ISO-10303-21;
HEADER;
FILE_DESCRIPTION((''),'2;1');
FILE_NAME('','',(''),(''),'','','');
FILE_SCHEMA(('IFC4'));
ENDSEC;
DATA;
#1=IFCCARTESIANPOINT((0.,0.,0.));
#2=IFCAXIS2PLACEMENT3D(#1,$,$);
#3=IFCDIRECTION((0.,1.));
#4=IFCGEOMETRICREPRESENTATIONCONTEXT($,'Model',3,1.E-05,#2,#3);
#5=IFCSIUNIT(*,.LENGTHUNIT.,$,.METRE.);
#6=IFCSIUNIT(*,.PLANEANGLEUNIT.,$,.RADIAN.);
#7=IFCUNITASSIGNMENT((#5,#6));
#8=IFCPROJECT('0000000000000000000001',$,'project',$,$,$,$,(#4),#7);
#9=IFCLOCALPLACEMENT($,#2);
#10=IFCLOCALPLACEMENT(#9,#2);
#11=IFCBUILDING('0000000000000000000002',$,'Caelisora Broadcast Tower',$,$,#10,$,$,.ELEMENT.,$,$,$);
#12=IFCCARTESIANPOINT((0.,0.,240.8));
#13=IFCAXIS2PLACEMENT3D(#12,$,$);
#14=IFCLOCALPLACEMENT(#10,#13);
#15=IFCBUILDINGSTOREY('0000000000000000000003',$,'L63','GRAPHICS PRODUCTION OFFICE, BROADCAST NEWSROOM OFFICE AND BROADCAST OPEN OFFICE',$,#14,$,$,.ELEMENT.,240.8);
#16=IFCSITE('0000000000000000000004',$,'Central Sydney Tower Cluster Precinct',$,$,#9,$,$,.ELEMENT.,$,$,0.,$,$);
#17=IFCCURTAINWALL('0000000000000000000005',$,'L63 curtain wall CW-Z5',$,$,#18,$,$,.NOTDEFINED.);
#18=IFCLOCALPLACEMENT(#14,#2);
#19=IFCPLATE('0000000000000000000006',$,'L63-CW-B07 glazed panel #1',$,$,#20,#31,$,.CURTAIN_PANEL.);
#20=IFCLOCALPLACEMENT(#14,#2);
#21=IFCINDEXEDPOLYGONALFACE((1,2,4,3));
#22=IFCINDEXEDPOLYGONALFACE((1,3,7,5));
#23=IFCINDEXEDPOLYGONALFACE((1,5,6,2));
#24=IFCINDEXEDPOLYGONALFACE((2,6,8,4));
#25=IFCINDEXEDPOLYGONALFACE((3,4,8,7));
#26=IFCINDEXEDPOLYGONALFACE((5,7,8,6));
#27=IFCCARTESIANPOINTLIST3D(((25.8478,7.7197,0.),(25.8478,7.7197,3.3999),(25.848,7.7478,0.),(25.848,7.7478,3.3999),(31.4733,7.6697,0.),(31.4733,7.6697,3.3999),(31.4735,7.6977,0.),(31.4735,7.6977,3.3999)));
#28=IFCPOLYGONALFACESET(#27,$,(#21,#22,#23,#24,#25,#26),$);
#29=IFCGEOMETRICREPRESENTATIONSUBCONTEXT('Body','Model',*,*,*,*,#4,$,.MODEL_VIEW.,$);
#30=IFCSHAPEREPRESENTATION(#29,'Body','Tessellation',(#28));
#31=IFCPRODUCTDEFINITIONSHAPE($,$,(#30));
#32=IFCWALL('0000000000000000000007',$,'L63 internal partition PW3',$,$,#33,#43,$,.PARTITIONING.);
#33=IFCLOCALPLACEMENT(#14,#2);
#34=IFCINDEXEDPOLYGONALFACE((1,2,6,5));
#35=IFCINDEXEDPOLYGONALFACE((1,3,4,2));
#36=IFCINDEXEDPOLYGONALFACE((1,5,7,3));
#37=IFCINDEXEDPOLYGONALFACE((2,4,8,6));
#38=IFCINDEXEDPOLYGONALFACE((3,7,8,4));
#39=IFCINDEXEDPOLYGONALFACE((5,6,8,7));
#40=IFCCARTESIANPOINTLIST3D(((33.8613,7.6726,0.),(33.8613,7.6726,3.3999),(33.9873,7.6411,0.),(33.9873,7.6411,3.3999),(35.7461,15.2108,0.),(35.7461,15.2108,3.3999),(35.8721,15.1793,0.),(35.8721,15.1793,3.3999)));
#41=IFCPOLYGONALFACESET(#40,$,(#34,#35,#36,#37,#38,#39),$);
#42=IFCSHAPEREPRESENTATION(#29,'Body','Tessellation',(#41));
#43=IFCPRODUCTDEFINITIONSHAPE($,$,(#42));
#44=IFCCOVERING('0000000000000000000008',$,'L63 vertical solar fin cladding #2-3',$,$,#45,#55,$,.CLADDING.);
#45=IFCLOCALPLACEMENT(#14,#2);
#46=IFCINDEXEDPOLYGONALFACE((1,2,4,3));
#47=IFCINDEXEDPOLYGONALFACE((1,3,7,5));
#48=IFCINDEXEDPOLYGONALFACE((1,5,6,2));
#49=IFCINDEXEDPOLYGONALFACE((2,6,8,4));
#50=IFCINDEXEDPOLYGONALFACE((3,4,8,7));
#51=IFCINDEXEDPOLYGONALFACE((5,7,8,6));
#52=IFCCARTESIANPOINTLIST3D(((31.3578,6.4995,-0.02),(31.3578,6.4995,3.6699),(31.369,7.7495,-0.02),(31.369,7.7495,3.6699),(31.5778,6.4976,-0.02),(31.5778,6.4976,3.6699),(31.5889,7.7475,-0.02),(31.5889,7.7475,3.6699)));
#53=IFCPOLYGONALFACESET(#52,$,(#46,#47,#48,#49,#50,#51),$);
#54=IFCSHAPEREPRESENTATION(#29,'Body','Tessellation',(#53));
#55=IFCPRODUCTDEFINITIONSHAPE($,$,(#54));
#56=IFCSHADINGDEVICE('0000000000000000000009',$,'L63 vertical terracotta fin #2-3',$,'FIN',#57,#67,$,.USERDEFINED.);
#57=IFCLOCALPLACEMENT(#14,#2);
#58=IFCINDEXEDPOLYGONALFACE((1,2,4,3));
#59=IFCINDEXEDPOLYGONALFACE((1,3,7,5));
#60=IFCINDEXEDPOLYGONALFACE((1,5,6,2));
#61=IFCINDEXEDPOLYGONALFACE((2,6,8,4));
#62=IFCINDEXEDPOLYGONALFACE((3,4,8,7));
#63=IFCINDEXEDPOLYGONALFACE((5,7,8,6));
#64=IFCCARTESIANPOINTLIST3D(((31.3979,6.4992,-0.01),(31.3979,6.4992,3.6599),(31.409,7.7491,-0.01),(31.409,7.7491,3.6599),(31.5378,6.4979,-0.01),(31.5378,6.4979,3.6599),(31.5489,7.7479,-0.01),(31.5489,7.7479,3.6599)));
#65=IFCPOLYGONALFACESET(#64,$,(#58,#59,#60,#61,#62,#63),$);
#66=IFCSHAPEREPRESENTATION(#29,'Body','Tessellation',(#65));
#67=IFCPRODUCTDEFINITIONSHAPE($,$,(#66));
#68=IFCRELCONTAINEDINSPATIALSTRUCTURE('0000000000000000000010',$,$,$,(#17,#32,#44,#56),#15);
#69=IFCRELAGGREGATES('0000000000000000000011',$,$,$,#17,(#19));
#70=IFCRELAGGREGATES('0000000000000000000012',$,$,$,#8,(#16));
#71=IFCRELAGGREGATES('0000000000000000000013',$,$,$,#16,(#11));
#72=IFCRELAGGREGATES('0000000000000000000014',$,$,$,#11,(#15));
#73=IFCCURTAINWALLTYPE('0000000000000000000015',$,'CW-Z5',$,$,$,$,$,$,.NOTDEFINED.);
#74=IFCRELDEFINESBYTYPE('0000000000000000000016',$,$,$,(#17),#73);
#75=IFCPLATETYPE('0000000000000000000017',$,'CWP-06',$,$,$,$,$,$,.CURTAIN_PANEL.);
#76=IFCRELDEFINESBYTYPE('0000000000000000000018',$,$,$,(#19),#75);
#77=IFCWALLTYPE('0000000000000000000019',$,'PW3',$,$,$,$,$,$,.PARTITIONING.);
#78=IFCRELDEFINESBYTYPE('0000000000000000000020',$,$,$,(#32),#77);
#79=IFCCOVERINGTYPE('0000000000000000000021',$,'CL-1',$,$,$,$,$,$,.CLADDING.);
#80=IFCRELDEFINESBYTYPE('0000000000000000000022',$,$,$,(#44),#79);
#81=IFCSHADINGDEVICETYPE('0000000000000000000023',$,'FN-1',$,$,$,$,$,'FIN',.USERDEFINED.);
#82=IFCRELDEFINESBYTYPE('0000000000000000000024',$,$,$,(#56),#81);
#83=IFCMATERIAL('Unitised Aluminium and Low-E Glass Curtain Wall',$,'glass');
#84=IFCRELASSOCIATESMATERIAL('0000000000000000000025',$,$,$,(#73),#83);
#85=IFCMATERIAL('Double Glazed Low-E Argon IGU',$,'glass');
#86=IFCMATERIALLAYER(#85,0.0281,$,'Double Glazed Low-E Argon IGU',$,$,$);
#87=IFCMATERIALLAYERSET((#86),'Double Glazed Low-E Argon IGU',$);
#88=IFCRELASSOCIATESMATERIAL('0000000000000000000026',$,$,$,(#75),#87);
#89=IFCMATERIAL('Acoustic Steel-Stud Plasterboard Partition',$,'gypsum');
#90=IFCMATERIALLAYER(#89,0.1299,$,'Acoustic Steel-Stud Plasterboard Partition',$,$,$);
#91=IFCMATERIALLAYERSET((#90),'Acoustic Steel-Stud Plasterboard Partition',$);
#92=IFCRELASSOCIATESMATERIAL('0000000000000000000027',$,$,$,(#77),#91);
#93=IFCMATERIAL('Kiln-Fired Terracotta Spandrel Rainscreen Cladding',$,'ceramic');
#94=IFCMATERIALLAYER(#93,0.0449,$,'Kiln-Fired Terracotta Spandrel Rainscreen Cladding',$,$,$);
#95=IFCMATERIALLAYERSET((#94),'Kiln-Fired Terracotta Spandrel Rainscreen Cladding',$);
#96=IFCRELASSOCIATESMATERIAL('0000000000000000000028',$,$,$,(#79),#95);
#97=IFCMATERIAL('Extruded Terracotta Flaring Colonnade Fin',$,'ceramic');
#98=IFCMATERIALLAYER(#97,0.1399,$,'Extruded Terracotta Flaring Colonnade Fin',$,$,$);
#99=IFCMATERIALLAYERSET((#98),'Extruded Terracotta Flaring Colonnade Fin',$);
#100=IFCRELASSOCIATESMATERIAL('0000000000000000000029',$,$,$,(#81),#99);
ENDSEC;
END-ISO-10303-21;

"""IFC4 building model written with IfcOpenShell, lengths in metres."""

from ifc_helpers import new_model, si_unit, direction, frame, frame_2d, origin, origin_2d, place, context, subcontext, project, spatial, rectangle, extrude, source, transform, mapped, material, layer, layer_set, type_object, type_shapes, element, aggregate, save


model = new_model("IFC4")

# Units and contexts
model_context = context("Model", 3, precision=1e-05, world=origin(), true_north=direction((0.0, 1.0)))
body_context = subcontext(model_context, "Body", "Model", "MODEL_VIEW")
ifc_project = project(units=[si_unit("LENGTHUNIT", "METRE"), si_unit("PLANEANGLEUNIT", "RADIAN")], contexts=[model_context])

# Site, building, storey
site_placement = place(None, origin())
site = spatial("IfcSite", under=ifc_project, at=site_placement, Name="Central Sydney Tower Cluster Precinct", CompositionType="ELEMENT", RefElevation=0.0)
building_placement = place(site_placement, origin())
building = spatial("IfcBuilding", under=site, at=building_placement, Name="Caelisora Broadcast Tower", CompositionType="ELEMENT")
storey_placement = place(building_placement, frame((0.0, 0.0, 240.8)))
storey = spatial("IfcBuildingStorey", under=building, at=storey_placement, Name="L63", Description="GRAPHICS PRODUCTION OFFICE, BROADCAST NEWSROOM OFFICE AND BROADCAST OPEN OFFICE", CompositionType="ELEMENT", Elevation=240.8)

# Curtain wall
ifc_material_1 = material(Name="Unitised Aluminium and Low-E Glass Curtain Wall", Category="glass")
curtain_wall_type_1 = type_object("IfcCurtainWallType", Name="CW-Z5", PredefinedType="NOTDEFINED", material=ifc_material_1)
curtain_wall_1_placement = place(storey_placement, origin())
curtain_wall_1 = element("IfcCurtainWall", 1, at=curtain_wall_1_placement, inside=storey, type_object=curtain_wall_type_1, Name="L63 curtain wall CW-Z5", PredefinedType="NOTDEFINED")

# Plate
ifc_material_2 = material(Name="Double Glazed Low-E Argon IGU", Category="glass")
ifc_layer_1 = layer(ifc_material_2, 0.0281, Name="Double Glazed Low-E Argon IGU")
ifc_layer_set_1 = layer_set([ifc_layer_1], Name="Double Glazed Low-E Argon IGU")
plate_type_1 = type_object("IfcPlateType", Name="CWP-06", PredefinedType="CURTAIN_PANEL", material=ifc_layer_set_1)
shared_shape_1 = source(origin(), body_context, "Body", "SweptSolid", [
    extrude(rectangle(XDim=5.6257, YDim=0.0281, at=origin_2d()), origin(), (0.0, 0.0, 1.0), 3.3999),
])
type_shapes(plate_type_1, [shared_shape_1])
plate_1_placement = place(storey_placement, frame((28.6606, 7.7087, 0.0), z_axis=(0.0, 0.0, 1.0), x_axis=(-0.99996, 0.008901, 0.0)))
plate_1 = element("IfcPlate", 2, at=plate_1_placement, type_object=plate_type_1, Name="L63-CW-B07 glazed panel #1", PredefinedType="CURTAIN_PANEL", context=body_context, shape_type="MappedRepresentation", body=[
    mapped(shared_shape_1, transform((0.0, 0.0, 0.0), scale=1.0)),
])
aggregate(curtain_wall_1, [plate_1])

# Wall
ifc_material_3 = material(Name="Acoustic Steel-Stud Plasterboard Partition", Category="gypsum")
ifc_layer_2 = layer(ifc_material_3, 0.1299, Name="Acoustic Steel-Stud Plasterboard Partition")
ifc_layer_set_2 = layer_set([ifc_layer_2], Name="Acoustic Steel-Stud Plasterboard Partition")
wall_type = type_object("IfcWallType", Name="PW3", PredefinedType="PARTITIONING", material=ifc_layer_set_2)
wall_placement = place(storey_placement, frame((33.9243, 7.6567, 0.0), z_axis=(0.0, 0.0, 1.0), x_axis=(0.242558, 0.970137, 0.0)))
element("IfcWall", 3, at=wall_placement, inside=storey, type_object=wall_type, Name="L63 internal partition PW3", PredefinedType="PARTITIONING", context=body_context, shape_type="SweptSolid", body=[
    extrude(rectangle(XDim=7.7703, YDim=0.1299, at=frame_2d((3.8853, 0.0))), origin(), (0.0, 0.0, 1.0), 3.3999),
])

# Covering
ifc_material_4 = material(Name="Kiln-Fired Terracotta Spandrel Rainscreen Cladding", Category="ceramic")
ifc_layer_3 = layer(ifc_material_4, 0.0449, Name="Kiln-Fired Terracotta Spandrel Rainscreen Cladding")
ifc_layer_set_3 = layer_set([ifc_layer_3], Name="Kiln-Fired Terracotta Spandrel Rainscreen Cladding")
covering_type = type_object("IfcCoveringType", Name="CL-1", PredefinedType="CLADDING", material=ifc_layer_set_3)
shared_shape_2 = source(origin(), body_context, "Body", "SweptSolid", [
    extrude(rectangle(XDim=0.22, YDim=1.25, at=origin_2d()), origin(), (0.0, 0.0, 1.0), 3.6899),
])
type_shapes(covering_type, [shared_shape_2])
covering_placement = place(storey_placement, frame((31.4734, 7.1235, -0.02), z_axis=(0.0, 0.0, 1.0), x_axis=(-0.99996, 0.008901, 0.0)))
element("IfcCovering", 4, at=covering_placement, inside=storey, type_object=covering_type, Name="L63 vertical solar fin cladding #2-3", PredefinedType="CLADDING", context=body_context, shape_type="MappedRepresentation", body=[
    mapped(shared_shape_2, transform((0.0, 0.0, 0.0), scale=1.0)),
])

# Shading device
ifc_material_5 = material(Name="Extruded Terracotta Flaring Colonnade Fin", Category="ceramic")
ifc_layer_4 = layer(ifc_material_5, 0.1399, Name="Extruded Terracotta Flaring Colonnade Fin")
ifc_layer_set_4 = layer_set([ifc_layer_4], Name="Extruded Terracotta Flaring Colonnade Fin")
shading_device_type = type_object("IfcShadingDeviceType", Name="FN-1", ElementType="FIN", PredefinedType="USERDEFINED", material=ifc_layer_set_4)
shared_shape_3 = source(origin(), body_context, "Body", "SweptSolid", [
    extrude(rectangle(XDim=0.1399, YDim=1.25, at=origin_2d()), origin(), (0.0, 0.0, 1.0), 3.6699),
])
type_shapes(shading_device_type, [shared_shape_3])
shading_device_placement = place(storey_placement, frame((31.4734, 7.1235, -0.01), z_axis=(0.0, 0.0, 1.0), x_axis=(-0.99996, 0.008901, 0.0)))
element("IfcShadingDevice", 5, at=shading_device_placement, inside=storey, type_object=shading_device_type, Name="L63 vertical terracotta fin #2-3", ObjectType="FIN", PredefinedType="USERDEFINED", context=body_context, shape_type="MappedRepresentation", body=[
    mapped(shared_shape_3, transform((0.0, 0.0, 0.0), scale=1.0)),
])

save(model, "model.ifc")
